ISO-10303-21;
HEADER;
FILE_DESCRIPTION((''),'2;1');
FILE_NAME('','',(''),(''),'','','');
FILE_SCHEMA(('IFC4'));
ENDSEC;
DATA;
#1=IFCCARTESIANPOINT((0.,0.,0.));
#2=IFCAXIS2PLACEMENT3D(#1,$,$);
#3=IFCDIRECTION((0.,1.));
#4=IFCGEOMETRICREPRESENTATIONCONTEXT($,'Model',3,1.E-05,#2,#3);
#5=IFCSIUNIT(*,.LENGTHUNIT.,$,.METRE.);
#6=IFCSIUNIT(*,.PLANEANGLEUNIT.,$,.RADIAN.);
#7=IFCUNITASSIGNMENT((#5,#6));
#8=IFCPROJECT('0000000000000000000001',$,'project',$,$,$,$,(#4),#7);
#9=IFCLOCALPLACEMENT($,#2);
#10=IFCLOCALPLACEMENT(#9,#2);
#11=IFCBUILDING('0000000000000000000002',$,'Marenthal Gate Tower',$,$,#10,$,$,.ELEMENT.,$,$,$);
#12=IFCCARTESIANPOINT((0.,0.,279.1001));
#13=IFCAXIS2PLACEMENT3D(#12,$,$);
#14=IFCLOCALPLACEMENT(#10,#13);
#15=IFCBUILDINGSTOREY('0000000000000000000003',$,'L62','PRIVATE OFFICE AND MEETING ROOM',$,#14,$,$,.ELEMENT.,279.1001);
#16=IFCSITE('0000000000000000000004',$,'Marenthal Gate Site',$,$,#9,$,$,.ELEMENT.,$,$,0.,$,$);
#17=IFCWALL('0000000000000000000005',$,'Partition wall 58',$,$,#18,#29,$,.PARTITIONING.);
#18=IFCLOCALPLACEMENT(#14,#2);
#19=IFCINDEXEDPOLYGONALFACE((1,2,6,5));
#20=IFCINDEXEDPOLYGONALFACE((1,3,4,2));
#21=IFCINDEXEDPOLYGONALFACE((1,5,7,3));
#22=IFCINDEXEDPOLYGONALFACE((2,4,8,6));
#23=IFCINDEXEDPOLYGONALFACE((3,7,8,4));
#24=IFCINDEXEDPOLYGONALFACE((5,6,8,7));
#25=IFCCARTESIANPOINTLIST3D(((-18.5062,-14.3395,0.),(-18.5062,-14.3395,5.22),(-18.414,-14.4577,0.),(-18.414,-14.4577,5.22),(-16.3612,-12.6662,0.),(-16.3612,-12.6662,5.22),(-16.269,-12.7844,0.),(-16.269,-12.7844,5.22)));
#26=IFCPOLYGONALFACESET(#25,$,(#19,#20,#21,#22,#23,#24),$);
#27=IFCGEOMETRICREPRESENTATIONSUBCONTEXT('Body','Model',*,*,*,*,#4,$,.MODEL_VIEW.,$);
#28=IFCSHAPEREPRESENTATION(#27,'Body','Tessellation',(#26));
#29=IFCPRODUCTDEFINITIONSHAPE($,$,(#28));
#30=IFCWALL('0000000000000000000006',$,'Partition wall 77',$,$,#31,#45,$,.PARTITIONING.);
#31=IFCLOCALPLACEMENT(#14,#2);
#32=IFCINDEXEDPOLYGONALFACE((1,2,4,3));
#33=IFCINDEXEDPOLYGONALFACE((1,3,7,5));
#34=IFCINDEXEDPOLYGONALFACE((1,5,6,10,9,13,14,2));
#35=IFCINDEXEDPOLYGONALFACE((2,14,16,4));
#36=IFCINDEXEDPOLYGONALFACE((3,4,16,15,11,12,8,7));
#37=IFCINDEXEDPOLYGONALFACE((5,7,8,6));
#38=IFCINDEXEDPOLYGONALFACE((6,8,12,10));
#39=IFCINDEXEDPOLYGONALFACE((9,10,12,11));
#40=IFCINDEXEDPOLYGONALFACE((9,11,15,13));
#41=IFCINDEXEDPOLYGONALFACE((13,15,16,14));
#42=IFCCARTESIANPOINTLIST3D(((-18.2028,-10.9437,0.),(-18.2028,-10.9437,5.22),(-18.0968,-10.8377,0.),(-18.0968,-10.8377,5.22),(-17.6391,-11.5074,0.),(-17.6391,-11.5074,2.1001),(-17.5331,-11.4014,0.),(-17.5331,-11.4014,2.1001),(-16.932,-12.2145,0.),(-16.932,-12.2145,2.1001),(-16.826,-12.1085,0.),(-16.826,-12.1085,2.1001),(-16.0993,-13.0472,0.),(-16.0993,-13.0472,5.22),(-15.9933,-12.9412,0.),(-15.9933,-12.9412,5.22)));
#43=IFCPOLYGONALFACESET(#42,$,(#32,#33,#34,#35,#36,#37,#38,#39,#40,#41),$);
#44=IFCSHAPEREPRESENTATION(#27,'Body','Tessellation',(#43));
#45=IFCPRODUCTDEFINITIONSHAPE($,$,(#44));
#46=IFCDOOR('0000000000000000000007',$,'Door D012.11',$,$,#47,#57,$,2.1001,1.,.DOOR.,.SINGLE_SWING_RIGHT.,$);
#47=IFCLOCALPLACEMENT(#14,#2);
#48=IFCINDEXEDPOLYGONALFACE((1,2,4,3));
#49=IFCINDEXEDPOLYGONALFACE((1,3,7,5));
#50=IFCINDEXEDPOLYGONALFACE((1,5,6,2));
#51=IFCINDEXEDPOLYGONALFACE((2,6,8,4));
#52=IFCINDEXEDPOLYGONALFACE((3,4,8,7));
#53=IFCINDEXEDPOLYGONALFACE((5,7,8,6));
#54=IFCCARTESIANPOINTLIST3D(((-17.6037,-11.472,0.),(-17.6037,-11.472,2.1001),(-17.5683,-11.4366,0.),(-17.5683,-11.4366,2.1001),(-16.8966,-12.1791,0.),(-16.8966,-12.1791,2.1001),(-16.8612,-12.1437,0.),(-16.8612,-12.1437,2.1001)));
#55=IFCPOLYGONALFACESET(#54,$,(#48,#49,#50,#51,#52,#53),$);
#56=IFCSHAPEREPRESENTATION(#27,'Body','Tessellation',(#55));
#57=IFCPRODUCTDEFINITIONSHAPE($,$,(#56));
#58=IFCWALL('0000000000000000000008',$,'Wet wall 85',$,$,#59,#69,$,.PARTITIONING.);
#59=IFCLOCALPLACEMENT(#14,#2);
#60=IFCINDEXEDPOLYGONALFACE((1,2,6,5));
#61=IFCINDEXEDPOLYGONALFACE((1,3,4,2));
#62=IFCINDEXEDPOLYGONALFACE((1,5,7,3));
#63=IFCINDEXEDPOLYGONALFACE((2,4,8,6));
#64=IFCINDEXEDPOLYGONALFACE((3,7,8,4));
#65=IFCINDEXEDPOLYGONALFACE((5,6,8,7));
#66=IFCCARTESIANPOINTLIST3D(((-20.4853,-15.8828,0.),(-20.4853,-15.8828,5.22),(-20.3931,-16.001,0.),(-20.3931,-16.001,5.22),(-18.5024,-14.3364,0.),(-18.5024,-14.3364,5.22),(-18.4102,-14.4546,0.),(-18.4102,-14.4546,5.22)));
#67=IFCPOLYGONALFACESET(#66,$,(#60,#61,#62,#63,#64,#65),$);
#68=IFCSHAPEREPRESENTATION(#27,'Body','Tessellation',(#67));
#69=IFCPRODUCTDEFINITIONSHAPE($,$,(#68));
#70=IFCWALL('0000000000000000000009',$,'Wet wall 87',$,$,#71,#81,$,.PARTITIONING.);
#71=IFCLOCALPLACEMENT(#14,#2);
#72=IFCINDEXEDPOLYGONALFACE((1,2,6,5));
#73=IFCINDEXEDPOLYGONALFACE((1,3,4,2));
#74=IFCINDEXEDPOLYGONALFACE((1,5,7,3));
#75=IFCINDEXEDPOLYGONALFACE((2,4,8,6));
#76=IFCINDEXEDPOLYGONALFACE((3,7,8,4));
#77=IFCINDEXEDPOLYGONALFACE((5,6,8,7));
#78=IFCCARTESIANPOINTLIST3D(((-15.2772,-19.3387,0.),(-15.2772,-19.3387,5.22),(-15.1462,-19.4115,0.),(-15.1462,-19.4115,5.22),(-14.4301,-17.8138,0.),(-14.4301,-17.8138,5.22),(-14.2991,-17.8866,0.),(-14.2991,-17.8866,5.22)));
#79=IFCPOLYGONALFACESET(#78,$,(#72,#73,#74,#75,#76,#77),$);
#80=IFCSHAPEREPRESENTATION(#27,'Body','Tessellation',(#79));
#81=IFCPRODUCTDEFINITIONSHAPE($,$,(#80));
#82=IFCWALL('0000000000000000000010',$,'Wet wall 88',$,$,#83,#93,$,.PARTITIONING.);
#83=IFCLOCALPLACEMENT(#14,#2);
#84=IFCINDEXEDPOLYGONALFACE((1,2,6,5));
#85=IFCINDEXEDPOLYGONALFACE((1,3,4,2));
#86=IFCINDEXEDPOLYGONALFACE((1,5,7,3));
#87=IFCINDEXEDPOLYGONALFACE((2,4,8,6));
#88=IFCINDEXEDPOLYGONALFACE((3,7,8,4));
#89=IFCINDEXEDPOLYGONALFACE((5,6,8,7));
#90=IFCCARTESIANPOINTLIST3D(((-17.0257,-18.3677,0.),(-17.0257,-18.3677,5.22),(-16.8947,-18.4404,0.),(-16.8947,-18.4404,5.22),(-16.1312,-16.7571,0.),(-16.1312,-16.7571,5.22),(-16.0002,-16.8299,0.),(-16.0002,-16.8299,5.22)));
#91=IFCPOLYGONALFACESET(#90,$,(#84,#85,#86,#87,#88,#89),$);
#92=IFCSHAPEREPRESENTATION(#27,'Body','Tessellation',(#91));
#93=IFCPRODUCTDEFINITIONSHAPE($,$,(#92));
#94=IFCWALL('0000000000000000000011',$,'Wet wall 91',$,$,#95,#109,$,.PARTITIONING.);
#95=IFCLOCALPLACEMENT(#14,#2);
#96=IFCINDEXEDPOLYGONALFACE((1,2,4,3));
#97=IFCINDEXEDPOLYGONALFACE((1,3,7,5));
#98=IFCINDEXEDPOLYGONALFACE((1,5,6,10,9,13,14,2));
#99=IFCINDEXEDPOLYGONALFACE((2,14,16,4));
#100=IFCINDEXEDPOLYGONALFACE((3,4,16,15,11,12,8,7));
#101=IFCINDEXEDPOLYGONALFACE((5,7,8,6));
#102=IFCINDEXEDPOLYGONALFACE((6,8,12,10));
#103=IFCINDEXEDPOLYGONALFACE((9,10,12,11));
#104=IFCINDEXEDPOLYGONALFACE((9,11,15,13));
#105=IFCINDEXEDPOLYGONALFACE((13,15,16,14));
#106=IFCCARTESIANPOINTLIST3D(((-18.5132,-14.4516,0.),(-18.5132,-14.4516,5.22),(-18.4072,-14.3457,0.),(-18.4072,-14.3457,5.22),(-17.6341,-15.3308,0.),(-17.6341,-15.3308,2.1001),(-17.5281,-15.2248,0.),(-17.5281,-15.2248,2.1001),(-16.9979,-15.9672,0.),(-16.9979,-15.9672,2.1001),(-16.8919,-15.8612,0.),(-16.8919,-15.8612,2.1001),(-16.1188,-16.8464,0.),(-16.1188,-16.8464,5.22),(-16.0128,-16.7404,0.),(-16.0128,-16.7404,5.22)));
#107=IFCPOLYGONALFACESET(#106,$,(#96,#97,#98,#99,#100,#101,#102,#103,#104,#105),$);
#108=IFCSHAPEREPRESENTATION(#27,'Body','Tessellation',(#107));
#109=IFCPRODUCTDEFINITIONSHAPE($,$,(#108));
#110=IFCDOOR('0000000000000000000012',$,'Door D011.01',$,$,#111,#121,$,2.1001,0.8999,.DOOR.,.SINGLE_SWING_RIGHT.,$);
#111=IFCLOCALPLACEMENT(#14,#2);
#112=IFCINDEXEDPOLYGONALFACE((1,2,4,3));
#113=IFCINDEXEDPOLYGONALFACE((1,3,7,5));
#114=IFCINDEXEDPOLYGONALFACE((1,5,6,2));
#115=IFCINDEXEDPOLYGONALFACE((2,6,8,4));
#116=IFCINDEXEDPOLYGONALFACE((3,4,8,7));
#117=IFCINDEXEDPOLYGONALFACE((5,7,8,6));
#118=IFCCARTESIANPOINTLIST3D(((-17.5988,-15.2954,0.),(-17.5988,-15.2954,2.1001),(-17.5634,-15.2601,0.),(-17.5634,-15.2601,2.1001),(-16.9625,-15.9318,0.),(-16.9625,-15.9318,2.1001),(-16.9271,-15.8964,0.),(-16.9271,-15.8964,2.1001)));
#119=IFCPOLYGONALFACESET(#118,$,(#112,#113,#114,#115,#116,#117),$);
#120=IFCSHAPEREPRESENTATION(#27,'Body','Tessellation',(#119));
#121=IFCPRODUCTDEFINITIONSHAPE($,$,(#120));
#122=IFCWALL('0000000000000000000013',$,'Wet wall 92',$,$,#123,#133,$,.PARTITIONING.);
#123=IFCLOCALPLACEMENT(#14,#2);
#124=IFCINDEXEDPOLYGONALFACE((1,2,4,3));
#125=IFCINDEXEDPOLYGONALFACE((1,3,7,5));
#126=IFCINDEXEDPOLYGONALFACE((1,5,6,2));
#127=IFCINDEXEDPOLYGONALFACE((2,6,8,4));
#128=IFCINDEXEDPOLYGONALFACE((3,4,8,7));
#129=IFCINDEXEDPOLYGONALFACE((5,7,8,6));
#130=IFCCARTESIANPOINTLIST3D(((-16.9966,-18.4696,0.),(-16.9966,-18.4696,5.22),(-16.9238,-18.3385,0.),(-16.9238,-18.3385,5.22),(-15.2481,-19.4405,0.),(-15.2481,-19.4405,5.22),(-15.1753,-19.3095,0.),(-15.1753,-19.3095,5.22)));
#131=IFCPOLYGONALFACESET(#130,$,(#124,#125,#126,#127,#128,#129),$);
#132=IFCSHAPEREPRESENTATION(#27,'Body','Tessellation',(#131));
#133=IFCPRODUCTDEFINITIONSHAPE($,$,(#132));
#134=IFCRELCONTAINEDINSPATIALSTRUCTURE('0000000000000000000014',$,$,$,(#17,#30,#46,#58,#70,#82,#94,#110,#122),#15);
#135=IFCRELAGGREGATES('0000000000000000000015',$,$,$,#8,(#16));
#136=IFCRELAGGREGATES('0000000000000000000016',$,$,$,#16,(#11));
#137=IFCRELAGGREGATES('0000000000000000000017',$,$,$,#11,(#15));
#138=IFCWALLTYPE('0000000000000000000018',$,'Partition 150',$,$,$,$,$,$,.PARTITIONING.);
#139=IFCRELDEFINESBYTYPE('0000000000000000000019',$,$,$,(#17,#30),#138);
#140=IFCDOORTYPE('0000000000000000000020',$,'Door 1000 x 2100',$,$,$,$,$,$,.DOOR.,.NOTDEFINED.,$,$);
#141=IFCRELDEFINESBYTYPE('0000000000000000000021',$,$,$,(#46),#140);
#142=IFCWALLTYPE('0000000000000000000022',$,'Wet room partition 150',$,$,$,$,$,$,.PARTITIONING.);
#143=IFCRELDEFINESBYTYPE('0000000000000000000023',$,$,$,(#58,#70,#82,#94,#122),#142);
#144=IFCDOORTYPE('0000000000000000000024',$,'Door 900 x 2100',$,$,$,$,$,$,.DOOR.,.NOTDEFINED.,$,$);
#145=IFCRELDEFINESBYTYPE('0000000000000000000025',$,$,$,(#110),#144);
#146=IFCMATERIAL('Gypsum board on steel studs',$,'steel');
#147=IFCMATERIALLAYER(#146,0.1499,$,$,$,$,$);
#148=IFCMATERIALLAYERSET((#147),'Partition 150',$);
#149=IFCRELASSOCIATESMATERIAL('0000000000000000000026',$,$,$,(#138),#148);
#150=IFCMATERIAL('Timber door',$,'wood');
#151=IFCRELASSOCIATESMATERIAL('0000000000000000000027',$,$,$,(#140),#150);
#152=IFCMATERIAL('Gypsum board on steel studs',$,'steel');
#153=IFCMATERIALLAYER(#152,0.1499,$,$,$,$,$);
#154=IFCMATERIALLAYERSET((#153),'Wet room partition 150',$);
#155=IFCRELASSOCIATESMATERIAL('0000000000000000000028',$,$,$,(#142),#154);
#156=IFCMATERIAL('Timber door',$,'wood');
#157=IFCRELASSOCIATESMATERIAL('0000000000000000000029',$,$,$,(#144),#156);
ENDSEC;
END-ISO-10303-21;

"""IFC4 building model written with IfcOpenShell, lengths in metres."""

from ifc_helpers import new_model, si_unit, direction, frame, frame_2d, origin, place, context, subcontext, project, spatial, rectangle, extrude, material, layer, layer_set, type_object, element, fill, save


model = new_model("IFC4")

# Units and contexts
model_context = context("Model", 3, precision=1e-05, world=origin(), true_north=direction((0.0, 1.0)))
body_context = subcontext(model_context, "Body", "Model", "MODEL_VIEW")
ifc_project = project(units=[si_unit("LENGTHUNIT", "METRE"), si_unit("PLANEANGLEUNIT", "RADIAN")], contexts=[model_context])

# Site, building, storey
site_placement = place(None, origin())
site = spatial("IfcSite", under=ifc_project, at=site_placement, Name="Marenthal Gate Site", CompositionType="ELEMENT", RefElevation=0.0)
building_placement = place(site_placement, origin())
building = spatial("IfcBuilding", under=site, at=building_placement, Name="Marenthal Gate Tower", CompositionType="ELEMENT")
storey_placement = place(building_placement, frame((0.0, 0.0, 279.1001)))
storey = spatial("IfcBuildingStorey", under=building, at=storey_placement, Name="L62", Description="PRIVATE OFFICE AND MEETING ROOM", CompositionType="ELEMENT", Elevation=279.1001)

# Wall
ifc_material_1 = material(Name="Gypsum board on steel studs", Category="steel")
ifc_layer_1 = layer(ifc_material_1, 0.1499)
ifc_layer_set_1 = layer_set([ifc_layer_1], Name="Partition 150")
wall_type_1 = type_object("IfcWallType", Name="Partition 150", PredefinedType="PARTITIONING", material=ifc_layer_set_1)
wall_1_placement = place(storey_placement, frame((-18.4602, -14.3987, 0.0), z_axis=(0.0, 0.0, 1.0), x_axis=(0.788462, 0.615083, 0.0)))
element("IfcWall", 1, at=wall_1_placement, inside=storey, type_object=wall_type_1, Name="Partition wall 58", PredefinedType="PARTITIONING", context=body_context, shape_type="SweptSolid", body=[
    extrude(rectangle(XDim=2.7205, YDim=0.1499, at=frame_2d((1.3604, 0.0))), origin(), (0.0, 0.0, 1.0), 5.22),
])

# Wall, opening, door
wall_2_placement = place(storey_placement, frame((-16.0464, -12.9941, 0.0), z_axis=(0.0, 0.0, 1.0), x_axis=(-0.707107, 0.707107, 0.0)))
wall_2 = element("IfcWall", 2, at=wall_2_placement, inside=storey, type_object=wall_type_1, Name="Partition wall 77", PredefinedType="PARTITIONING", context=body_context, shape_type="SweptSolid", body=[
    extrude(rectangle(XDim=2.9749, YDim=0.1499, at=frame_2d((1.4873, 0.0))), origin(), (0.0, 0.0, 1.0), 5.22),
])
opening_1_placement = place(wall_2_placement, frame((1.1775, 0.0, 0.0)))
opening_1 = element("IfcOpeningElement", 3, at=opening_1_placement, cuts=wall_2, PredefinedType="OPENING", context=body_context, shape_type="SweptSolid", body=[
    extrude(rectangle(XDim=1.0, YDim=2.1001, at=frame_2d((0.5, 1.05))), frame((0.0, 0.085, 0.0), z_axis=(0.0, -1.0, 0.0), x_axis=(1.0, 0.0, 0.0)), (0.0, 0.0, 1.0), 0.1699),
])
ifc_material_2 = material(Name="Timber door", Category="wood")
door_type_1 = type_object("IfcDoorType", Name="Door 1000 x 2100", OperationType="NOTDEFINED", PredefinedType="DOOR", material=ifc_material_2)
door_1_placement = place(opening_1_placement, origin())
door_1 = element("IfcDoor", 4, at=door_1_placement, inside=storey, type_object=door_type_1, Name="Door D012.11", OperationType="SINGLE_SWING_RIGHT", OverallHeight=2.1001, OverallWidth=1.0, PredefinedType="DOOR", context=body_context, shape_type="SweptSolid", body=[
    extrude(rectangle(XDim=1.0, YDim=2.1001, at=frame_2d((0.5, 1.05))), frame((0.0, 0.0249, 0.0), z_axis=(0.0, -1.0, 0.0), x_axis=(1.0, 0.0, 0.0)), (0.0, 0.0, 1.0), 0.05),
])
fill(opening_1, door_1)

# Walls
ifc_material_3 = material(Name="Gypsum board on steel studs", Category="steel")
ifc_layer_2 = layer(ifc_material_3, 0.1499)
ifc_layer_set_2 = layer_set([ifc_layer_2], Name="Wet room partition 150")
wall_type_2 = type_object("IfcWallType", Name="Wet room partition 150", PredefinedType="PARTITIONING", material=ifc_layer_set_2)
wall_3_placement = place(storey_placement, frame((-20.4392, -15.9419, 0.0), z_axis=(0.0, 0.0, 1.0), x_axis=(0.788557, 0.614962, 0.0)))
element("IfcWall", 5, at=wall_3_placement, inside=storey, type_object=wall_type_2, Name="Wet wall 85", PredefinedType="PARTITIONING", context=body_context, shape_type="SweptSolid", body=[
    extrude(rectangle(XDim=2.5146, YDim=0.1499, at=frame_2d((1.2573, 0.0))), origin(), (0.0, 0.0, 1.0), 5.22),
])
wall_4_placement = place(storey_placement, frame((-15.2117, -19.375, 0.0), z_axis=(0.0, 0.0, 1.0), x_axis=(0.485643, 0.874157, 0.0)))
element("IfcWall", 6, at=wall_4_placement, inside=storey, type_object=wall_type_2, Name="Wet wall 87", PredefinedType="PARTITIONING", context=body_context, shape_type="SweptSolid", body=[
    extrude(rectangle(XDim=1.7444, YDim=0.1499, at=frame_2d((0.8721, 0.0))), origin(), (0.0, 0.0, 1.0), 5.22),
])
wall_5_placement = place(storey_placement, frame((-16.9602, -18.4041, 0.0), z_axis=(0.0, 0.0, 1.0), x_axis=(0.485542, 0.874214, 0.0)))
element("IfcWall", 7, at=wall_5_placement, inside=storey, type_object=wall_type_2, Name="Wet wall 88", PredefinedType="PARTITIONING", context=body_context, shape_type="SweptSolid", body=[
    extrude(rectangle(XDim=1.8423, YDim=0.1499, at=frame_2d((0.9211, 0.0))), origin(), (0.0, 0.0, 1.0), 5.22),
])

# Wall, opening, door
wall_6_placement = place(storey_placement, frame((-16.0657, -16.7935, 0.0), z_axis=(0.0, 0.0, 1.0), x_axis=(-0.707071, 0.707143, 0.0)))
wall_6 = element("IfcWall", 8, at=wall_6_placement, inside=storey, type_object=wall_type_2, Name="Wet wall 91", PredefinedType="PARTITIONING", context=body_context, shape_type="SweptSolid", body=[
    extrude(rectangle(XDim=3.3865, YDim=0.1499, at=frame_2d((1.6934, 0.0))), origin(), (0.0, 0.0, 1.0), 5.22),
])
opening_2_placement = place(wall_6_placement, frame((1.2434, 0.0, 0.0)))
opening_2 = element("IfcOpeningElement", 9, at=opening_2_placement, cuts=wall_6, PredefinedType="OPENING", context=body_context, shape_type="SweptSolid", body=[
    extrude(rectangle(XDim=0.8999, YDim=2.1001, at=frame_2d((0.45, 1.05))), frame((0.0, 0.085, 0.0), z_axis=(0.0, -1.0, 0.0), x_axis=(1.0, 0.0, 0.0)), (0.0, 0.0, 1.0), 0.1699),
])
ifc_material_4 = material(Name="Timber door", Category="wood")
door_type_2 = type_object("IfcDoorType", Name="Door 900 x 2100", OperationType="NOTDEFINED", PredefinedType="DOOR", material=ifc_material_4)
door_2_placement = place(opening_2_placement, origin())
door_2 = element("IfcDoor", 10, at=door_2_placement, inside=storey, type_object=door_type_2, Name="Door D011.01", OperationType="SINGLE_SWING_RIGHT", OverallHeight=2.1001, OverallWidth=0.8999, PredefinedType="DOOR", context=body_context, shape_type="SweptSolid", body=[
    extrude(rectangle(XDim=0.8999, YDim=2.1001, at=frame_2d((0.45, 1.05))), frame((0.0, 0.0249, 0.0), z_axis=(0.0, -1.0, 0.0), x_axis=(1.0, 0.0, 0.0)), (0.0, 0.0, 1.0), 0.05),
])
fill(opening_2, door_2)

# Wall
wall_7_placement = place(storey_placement, frame((-15.2117, -19.375, 0.0), z_axis=(0.0, 0.0, 1.0), x_axis=(-0.874255, 0.485467, 0.0)))
element("IfcWall", 11, at=wall_7_placement, inside=storey, type_object=wall_type_2, Name="Wet wall 92", PredefinedType="PARTITIONING", context=body_context, shape_type="SweptSolid", body=[
    extrude(rectangle(XDim=2.0, YDim=0.1499, at=frame_2d((1.0, 0.0))), origin(), (0.0, 0.0, 1.0), 5.22),
])

save(model, "model.ifc")
